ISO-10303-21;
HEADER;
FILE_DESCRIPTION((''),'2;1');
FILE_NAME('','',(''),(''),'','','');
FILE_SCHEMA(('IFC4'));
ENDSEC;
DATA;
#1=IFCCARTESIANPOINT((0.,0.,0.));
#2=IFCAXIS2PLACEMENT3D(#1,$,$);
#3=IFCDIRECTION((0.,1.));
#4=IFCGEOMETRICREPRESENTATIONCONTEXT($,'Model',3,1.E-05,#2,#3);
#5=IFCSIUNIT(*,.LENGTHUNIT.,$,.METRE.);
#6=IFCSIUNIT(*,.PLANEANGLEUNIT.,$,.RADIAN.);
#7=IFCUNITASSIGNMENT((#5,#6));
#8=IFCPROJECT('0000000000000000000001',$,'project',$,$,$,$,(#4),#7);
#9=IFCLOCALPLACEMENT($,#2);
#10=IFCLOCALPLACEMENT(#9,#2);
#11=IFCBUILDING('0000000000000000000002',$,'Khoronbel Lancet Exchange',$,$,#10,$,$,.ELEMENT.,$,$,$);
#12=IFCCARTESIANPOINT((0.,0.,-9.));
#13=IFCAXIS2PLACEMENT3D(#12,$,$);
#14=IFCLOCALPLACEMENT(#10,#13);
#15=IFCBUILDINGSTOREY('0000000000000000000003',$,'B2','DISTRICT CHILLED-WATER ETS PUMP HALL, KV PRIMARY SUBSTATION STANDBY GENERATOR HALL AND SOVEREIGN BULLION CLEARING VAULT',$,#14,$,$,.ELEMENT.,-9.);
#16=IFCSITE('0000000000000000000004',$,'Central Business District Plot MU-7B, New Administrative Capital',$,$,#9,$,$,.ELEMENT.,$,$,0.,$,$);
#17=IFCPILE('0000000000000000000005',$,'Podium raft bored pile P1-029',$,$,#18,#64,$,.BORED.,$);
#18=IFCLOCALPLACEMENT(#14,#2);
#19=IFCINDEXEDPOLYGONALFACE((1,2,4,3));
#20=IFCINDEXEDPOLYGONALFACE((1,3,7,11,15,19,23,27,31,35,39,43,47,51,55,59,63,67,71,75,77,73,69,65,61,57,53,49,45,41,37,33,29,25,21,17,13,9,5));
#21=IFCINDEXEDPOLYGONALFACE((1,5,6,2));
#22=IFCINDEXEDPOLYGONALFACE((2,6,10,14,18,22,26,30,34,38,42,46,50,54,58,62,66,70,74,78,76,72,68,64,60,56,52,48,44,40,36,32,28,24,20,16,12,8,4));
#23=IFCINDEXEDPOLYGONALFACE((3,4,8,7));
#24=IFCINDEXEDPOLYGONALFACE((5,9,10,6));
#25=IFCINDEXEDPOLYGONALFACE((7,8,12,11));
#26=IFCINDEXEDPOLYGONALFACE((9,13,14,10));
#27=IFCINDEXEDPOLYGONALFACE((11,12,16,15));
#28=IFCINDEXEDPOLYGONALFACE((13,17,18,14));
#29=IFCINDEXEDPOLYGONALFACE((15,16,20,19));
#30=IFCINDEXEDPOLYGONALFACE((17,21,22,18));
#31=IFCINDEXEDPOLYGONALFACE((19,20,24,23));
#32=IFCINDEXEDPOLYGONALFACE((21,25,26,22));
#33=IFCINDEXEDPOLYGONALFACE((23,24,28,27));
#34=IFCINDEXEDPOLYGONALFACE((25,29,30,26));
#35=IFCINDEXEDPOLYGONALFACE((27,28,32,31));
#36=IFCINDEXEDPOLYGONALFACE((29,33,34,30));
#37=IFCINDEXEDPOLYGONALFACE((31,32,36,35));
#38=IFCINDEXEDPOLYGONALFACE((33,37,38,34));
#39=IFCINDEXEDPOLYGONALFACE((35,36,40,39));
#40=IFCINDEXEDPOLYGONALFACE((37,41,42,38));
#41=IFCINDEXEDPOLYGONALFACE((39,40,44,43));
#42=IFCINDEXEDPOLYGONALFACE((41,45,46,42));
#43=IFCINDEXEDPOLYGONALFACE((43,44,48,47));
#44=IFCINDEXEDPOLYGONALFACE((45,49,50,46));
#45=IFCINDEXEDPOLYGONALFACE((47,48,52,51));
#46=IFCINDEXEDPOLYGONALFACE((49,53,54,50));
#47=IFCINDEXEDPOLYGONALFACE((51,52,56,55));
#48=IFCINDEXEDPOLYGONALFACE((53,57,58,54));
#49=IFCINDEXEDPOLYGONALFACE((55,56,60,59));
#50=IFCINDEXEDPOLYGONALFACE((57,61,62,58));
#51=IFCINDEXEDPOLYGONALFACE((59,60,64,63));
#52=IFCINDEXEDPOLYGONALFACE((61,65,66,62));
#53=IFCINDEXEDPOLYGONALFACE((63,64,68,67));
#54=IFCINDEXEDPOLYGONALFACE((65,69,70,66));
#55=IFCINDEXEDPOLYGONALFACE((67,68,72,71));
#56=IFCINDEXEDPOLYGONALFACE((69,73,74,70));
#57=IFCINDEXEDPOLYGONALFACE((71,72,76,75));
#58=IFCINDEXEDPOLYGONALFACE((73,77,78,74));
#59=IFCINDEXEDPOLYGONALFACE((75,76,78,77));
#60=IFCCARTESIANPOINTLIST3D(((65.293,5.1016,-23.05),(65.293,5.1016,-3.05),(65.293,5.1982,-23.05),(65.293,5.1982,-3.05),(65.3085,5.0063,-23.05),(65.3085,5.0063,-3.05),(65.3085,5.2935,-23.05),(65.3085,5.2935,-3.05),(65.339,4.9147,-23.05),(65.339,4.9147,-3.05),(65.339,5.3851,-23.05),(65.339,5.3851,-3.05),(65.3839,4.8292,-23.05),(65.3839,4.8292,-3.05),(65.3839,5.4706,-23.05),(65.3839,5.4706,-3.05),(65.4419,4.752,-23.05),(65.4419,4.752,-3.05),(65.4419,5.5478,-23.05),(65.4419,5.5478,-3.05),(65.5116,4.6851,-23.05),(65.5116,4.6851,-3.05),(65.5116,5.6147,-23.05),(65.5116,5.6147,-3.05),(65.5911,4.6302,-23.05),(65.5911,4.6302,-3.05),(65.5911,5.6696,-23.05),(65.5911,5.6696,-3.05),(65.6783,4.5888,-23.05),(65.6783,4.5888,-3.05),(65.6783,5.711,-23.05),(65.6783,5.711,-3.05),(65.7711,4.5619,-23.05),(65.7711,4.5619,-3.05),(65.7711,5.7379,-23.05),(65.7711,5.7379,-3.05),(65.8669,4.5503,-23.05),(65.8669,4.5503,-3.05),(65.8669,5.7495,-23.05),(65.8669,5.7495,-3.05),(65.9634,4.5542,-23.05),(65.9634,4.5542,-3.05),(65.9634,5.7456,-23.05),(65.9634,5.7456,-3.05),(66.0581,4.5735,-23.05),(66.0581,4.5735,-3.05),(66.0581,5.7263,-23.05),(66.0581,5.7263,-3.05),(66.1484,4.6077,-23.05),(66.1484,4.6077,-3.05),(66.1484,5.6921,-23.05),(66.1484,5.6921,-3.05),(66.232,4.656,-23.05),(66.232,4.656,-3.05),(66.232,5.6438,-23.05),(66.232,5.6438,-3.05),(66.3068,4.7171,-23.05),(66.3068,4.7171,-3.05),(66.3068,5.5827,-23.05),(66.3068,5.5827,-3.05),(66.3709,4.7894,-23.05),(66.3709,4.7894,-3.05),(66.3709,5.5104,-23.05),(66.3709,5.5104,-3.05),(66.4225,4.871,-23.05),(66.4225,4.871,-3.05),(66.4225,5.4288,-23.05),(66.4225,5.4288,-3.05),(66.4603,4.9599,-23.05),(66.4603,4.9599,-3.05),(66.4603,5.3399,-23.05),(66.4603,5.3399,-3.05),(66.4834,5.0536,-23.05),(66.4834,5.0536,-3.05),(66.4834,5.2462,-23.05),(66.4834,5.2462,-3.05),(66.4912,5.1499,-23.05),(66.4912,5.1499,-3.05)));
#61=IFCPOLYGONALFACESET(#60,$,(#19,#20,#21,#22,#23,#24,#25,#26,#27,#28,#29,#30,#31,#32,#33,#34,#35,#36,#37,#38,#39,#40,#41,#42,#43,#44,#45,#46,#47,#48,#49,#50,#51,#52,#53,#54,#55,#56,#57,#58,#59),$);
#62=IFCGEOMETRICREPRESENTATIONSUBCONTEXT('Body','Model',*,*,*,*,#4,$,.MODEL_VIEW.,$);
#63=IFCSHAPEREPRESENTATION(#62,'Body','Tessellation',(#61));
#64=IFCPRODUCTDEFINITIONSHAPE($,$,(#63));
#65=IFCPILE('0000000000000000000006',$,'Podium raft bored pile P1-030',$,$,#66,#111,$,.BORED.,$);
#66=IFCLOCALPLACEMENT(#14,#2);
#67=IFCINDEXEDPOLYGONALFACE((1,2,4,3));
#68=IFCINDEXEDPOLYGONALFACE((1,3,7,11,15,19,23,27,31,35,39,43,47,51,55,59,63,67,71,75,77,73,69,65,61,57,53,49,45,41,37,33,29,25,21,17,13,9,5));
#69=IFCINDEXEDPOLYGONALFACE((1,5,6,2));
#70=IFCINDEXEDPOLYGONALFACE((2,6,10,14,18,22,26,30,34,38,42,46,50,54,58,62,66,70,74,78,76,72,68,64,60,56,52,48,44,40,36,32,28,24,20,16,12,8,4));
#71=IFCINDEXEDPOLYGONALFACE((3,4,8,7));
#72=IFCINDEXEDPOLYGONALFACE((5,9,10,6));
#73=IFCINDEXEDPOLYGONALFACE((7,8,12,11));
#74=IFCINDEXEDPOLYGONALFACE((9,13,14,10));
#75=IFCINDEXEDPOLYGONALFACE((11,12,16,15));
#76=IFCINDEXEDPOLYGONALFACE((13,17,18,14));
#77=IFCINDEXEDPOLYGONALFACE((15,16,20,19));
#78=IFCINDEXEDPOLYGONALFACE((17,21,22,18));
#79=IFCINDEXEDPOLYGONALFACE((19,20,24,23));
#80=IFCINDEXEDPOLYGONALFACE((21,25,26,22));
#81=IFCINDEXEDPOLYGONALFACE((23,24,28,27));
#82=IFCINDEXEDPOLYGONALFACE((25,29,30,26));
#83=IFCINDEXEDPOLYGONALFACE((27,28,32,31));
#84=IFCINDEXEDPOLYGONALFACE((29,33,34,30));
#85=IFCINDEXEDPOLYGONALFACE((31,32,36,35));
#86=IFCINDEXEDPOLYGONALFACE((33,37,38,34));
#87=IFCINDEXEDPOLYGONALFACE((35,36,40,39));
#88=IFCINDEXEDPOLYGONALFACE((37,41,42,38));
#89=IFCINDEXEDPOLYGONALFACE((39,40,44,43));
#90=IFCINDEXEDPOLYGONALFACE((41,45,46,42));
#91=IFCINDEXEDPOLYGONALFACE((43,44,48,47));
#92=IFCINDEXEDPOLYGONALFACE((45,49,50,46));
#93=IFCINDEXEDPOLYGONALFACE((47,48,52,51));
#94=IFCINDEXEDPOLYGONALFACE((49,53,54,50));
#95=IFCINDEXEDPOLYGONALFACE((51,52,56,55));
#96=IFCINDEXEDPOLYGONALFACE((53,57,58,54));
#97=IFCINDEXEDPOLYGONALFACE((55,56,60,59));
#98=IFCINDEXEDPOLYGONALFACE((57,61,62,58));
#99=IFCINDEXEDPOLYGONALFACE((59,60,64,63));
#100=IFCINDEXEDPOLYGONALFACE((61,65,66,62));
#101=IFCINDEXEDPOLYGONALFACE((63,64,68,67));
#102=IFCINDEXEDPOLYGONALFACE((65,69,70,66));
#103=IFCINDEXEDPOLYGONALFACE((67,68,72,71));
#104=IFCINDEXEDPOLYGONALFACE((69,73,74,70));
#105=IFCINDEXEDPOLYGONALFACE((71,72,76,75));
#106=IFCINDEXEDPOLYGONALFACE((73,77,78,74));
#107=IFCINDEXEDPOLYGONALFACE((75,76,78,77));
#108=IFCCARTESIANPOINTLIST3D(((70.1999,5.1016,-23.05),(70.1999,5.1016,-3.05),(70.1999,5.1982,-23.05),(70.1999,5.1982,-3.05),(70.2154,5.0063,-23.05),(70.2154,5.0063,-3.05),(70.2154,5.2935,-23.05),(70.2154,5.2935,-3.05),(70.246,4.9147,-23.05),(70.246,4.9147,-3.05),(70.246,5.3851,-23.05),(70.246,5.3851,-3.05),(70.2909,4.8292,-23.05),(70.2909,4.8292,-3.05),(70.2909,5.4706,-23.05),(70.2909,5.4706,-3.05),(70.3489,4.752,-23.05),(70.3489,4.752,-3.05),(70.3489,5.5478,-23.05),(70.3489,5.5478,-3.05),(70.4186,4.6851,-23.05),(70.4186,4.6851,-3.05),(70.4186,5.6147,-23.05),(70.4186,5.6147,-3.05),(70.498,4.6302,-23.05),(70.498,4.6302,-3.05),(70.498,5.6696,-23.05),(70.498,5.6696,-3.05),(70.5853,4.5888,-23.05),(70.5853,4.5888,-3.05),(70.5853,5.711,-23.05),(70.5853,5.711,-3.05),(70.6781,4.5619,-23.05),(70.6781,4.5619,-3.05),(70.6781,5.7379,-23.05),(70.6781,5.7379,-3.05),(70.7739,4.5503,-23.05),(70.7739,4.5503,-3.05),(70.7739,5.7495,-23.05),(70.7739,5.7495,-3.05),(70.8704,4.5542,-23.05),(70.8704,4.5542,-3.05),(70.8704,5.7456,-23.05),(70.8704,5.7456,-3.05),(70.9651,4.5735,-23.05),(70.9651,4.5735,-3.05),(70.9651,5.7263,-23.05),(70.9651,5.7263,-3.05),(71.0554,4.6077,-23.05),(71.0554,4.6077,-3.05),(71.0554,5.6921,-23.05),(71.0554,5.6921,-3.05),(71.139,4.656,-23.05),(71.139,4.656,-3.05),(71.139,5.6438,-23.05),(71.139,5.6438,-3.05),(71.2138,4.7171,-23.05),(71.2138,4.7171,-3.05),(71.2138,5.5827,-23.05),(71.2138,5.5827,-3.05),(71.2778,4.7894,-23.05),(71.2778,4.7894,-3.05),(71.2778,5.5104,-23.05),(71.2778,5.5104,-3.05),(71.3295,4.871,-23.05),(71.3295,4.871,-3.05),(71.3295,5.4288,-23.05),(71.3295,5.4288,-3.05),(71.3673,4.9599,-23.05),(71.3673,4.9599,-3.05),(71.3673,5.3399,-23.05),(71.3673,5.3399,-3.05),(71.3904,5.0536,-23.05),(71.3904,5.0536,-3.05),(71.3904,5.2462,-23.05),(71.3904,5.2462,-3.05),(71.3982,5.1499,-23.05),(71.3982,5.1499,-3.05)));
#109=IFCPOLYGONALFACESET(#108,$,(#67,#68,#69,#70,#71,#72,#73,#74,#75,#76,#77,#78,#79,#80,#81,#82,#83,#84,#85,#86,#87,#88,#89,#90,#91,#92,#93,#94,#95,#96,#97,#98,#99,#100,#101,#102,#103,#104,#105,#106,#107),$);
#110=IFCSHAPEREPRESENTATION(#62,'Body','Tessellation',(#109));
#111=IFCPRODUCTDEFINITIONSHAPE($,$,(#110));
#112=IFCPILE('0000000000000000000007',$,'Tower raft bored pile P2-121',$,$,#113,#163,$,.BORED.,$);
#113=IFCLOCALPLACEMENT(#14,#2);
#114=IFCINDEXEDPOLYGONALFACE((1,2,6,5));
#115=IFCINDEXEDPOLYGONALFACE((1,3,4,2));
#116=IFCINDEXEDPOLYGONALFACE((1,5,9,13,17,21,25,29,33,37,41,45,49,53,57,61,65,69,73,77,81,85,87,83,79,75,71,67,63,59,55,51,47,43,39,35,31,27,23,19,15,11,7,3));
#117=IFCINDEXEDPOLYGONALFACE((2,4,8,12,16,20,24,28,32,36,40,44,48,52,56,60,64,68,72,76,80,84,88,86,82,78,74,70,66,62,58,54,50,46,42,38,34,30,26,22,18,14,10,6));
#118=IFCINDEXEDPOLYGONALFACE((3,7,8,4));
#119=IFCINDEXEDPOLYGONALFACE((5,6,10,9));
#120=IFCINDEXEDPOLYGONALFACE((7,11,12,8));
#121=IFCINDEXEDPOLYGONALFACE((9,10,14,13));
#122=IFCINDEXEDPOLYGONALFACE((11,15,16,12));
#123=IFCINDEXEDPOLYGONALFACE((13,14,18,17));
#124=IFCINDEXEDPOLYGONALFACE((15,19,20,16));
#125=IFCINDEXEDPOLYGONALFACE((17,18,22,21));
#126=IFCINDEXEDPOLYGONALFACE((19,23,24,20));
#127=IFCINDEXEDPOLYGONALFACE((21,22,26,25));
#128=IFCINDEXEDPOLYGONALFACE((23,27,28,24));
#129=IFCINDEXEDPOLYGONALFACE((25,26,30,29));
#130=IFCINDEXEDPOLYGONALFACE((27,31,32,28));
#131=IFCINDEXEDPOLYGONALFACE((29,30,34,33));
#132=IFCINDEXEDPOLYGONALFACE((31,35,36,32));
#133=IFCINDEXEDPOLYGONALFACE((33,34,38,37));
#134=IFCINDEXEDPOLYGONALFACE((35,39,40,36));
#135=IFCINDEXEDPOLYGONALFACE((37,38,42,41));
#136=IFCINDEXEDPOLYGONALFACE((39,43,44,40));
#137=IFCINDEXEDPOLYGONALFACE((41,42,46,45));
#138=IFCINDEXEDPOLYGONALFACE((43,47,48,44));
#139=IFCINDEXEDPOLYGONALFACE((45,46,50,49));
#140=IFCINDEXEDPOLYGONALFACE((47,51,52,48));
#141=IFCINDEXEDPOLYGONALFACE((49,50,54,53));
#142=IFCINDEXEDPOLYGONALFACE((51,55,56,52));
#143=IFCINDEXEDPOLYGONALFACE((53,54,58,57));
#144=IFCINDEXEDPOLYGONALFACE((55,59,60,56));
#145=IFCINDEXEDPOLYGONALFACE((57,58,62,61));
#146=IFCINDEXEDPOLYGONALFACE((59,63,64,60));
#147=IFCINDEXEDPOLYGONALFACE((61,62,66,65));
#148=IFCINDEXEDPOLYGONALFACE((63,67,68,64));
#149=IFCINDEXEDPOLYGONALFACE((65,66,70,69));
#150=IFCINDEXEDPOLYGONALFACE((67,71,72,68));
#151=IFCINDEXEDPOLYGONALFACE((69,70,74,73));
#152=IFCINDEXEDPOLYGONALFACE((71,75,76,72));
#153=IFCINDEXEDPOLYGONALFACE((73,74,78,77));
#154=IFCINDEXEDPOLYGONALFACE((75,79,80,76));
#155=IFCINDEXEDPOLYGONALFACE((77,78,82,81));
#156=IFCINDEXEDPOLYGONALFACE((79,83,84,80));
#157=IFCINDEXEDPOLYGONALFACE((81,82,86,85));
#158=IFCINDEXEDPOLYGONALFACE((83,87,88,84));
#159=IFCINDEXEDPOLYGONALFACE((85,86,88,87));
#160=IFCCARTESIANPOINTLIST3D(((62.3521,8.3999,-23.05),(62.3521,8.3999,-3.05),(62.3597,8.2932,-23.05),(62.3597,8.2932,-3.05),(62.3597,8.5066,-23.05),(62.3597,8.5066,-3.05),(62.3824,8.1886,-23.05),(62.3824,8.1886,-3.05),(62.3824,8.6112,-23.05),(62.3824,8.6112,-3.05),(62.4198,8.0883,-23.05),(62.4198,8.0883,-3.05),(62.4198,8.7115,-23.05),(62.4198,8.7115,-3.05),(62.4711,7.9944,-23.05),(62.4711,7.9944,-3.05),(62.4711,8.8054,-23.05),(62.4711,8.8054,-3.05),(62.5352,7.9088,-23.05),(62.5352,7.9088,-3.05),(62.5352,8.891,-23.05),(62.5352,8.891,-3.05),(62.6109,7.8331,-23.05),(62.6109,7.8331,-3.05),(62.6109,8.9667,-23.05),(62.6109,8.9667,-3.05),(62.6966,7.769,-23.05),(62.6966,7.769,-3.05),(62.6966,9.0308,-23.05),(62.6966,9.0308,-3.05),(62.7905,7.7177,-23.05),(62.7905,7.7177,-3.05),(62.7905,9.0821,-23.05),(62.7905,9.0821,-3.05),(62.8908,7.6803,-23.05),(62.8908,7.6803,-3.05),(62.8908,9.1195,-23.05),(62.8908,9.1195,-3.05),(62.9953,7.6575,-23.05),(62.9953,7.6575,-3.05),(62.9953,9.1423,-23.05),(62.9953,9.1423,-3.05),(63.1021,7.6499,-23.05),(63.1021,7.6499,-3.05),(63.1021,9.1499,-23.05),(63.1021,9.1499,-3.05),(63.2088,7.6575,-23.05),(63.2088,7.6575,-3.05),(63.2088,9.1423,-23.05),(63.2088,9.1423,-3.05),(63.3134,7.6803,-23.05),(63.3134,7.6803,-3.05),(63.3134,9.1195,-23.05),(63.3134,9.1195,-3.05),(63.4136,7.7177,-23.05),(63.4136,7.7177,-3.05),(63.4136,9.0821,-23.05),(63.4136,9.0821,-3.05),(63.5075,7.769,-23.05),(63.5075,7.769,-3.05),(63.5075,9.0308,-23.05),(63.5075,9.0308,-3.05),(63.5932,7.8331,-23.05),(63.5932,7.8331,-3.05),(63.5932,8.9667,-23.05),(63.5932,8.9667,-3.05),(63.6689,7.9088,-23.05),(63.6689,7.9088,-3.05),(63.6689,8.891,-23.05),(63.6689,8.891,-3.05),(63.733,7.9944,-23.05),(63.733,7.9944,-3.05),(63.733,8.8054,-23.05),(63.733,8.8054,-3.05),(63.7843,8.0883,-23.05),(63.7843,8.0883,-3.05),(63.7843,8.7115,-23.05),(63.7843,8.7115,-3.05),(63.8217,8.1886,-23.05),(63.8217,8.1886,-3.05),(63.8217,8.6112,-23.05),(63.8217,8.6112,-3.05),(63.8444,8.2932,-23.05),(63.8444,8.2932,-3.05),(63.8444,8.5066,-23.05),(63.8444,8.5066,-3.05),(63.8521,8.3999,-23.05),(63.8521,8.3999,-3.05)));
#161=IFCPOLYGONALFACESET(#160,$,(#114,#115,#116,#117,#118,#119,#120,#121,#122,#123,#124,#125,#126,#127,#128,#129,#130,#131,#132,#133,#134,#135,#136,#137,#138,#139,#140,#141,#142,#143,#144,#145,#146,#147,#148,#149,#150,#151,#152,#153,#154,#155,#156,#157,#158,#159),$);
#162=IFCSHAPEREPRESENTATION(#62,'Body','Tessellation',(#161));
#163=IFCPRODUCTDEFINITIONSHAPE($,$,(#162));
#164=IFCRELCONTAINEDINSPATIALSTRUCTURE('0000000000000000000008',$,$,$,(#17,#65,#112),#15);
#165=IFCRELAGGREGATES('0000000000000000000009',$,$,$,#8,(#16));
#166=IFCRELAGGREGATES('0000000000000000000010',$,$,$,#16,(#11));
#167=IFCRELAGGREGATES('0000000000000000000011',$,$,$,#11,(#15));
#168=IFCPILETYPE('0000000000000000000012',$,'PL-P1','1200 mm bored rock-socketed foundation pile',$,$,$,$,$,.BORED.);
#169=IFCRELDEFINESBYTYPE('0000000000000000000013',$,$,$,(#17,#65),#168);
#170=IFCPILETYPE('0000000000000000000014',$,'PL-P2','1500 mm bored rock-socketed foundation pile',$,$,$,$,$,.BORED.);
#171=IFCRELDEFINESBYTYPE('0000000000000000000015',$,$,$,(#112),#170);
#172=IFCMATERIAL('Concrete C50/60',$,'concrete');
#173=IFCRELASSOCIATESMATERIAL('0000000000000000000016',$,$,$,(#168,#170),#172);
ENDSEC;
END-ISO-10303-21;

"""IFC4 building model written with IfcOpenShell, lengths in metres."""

from ifc_helpers import new_model, si_unit, direction, frame, origin, origin_2d, place, context, subcontext, project, spatial, circle, extrude, material, material_profile, profile_set, type_object, element, save


model = new_model("IFC4")

# Units and contexts
model_context = context("Model", 3, precision=1e-05, world=origin(), true_north=direction((0.0, 1.0)))
body_context = subcontext(model_context, "Body", "Model", "MODEL_VIEW")
ifc_project = project(units=[si_unit("LENGTHUNIT", "METRE"), si_unit("PLANEANGLEUNIT", "RADIAN")], contexts=[model_context])

# Site, building, storey
site_placement = place(None, origin())
site = spatial("IfcSite", under=ifc_project, at=site_placement, Name="Central Business District Plot MU-7B, New Administrative Capital", CompositionType="ELEMENT", RefElevation=0.0)
building_placement = place(site_placement, origin())
building = spatial("IfcBuilding", under=site, at=building_placement, Name="Khoronbel Lancet Exchange", CompositionType="ELEMENT")
storey_placement = place(building_placement, frame((0.0, 0.0, -9.0)))
storey = spatial("IfcBuildingStorey", under=building, at=storey_placement, Name="B2", Description="DISTRICT CHILLED-WATER ETS PUMP HALL, KV PRIMARY SUBSTATION STANDBY GENERATOR HALL AND SOVEREIGN BULLION CLEARING VAULT", CompositionType="ELEMENT", Elevation=-9.0)

# Shared definitions
ifc_material_1 = material(Name="Concrete C50/60", Category="concrete")

# Piles
ifc_material_profile_1 = material_profile(ifc_material_1, circle(Radius=0.6001, at=origin_2d()), Name="BORED PILE D1200")
ifc_profile_set_1 = profile_set([ifc_material_profile_1], Name="Concrete C50/60")
pile_type_1 = type_object("IfcPileType", Name="PL-P1", Description="1200 mm bored rock-socketed foundation pile", PredefinedType="BORED", material=ifc_profile_set_1)
for number, where, z_axis, x_axis, name in (
    (1, (65.8911, 5.1499, -3.05), (0.0, 0.0, -1.0), (1.0, 0.0, 0.0), "Podium raft bored pile P1-029"),
    (2, (70.7981, 5.1499, -3.05), (0.0, 0.0, -1.0), (1.0, 0.0, 0.0), "Podium raft bored pile P1-030"),
):
    element("IfcPile", number, at=place(storey_placement, frame(where, z_axis=z_axis, x_axis=x_axis)), inside=storey, type_object=pile_type_1, Name=name, PredefinedType="BORED", context=body_context, shape_type="SweptSolid", body=[
        extrude(circle(Radius=0.6001, at=origin_2d()), origin(), (0.0, 0.0, 1.0), 20.0),
    ])
ifc_material_profile_2 = material_profile(ifc_material_1, circle(Radius=0.75, at=origin_2d()), Name="BORED PILE D1500")
ifc_profile_set_2 = profile_set([ifc_material_profile_2], Name="Concrete C50/60")
pile_type_2 = type_object("IfcPileType", Name="PL-P2", Description="1500 mm bored rock-socketed foundation pile", PredefinedType="BORED", material=ifc_profile_set_2)
for number, where, z_axis, x_axis, name in (
    (3, (63.1021, 8.3999, -3.05), (0.0, 0.0, -1.0), (1.0, 0.0, 0.0), "Tower raft bored pile P2-121"),
):
    element("IfcPile", number, at=place(storey_placement, frame(where, z_axis=z_axis, x_axis=x_axis)), inside=storey, type_object=pile_type_2, Name=name, PredefinedType="BORED", context=body_context, shape_type="SweptSolid", body=[
        extrude(circle(Radius=0.75, at=origin_2d()), origin(), (0.0, 0.0, 1.0), 20.0),
    ])

save(model, "model.ifc")
